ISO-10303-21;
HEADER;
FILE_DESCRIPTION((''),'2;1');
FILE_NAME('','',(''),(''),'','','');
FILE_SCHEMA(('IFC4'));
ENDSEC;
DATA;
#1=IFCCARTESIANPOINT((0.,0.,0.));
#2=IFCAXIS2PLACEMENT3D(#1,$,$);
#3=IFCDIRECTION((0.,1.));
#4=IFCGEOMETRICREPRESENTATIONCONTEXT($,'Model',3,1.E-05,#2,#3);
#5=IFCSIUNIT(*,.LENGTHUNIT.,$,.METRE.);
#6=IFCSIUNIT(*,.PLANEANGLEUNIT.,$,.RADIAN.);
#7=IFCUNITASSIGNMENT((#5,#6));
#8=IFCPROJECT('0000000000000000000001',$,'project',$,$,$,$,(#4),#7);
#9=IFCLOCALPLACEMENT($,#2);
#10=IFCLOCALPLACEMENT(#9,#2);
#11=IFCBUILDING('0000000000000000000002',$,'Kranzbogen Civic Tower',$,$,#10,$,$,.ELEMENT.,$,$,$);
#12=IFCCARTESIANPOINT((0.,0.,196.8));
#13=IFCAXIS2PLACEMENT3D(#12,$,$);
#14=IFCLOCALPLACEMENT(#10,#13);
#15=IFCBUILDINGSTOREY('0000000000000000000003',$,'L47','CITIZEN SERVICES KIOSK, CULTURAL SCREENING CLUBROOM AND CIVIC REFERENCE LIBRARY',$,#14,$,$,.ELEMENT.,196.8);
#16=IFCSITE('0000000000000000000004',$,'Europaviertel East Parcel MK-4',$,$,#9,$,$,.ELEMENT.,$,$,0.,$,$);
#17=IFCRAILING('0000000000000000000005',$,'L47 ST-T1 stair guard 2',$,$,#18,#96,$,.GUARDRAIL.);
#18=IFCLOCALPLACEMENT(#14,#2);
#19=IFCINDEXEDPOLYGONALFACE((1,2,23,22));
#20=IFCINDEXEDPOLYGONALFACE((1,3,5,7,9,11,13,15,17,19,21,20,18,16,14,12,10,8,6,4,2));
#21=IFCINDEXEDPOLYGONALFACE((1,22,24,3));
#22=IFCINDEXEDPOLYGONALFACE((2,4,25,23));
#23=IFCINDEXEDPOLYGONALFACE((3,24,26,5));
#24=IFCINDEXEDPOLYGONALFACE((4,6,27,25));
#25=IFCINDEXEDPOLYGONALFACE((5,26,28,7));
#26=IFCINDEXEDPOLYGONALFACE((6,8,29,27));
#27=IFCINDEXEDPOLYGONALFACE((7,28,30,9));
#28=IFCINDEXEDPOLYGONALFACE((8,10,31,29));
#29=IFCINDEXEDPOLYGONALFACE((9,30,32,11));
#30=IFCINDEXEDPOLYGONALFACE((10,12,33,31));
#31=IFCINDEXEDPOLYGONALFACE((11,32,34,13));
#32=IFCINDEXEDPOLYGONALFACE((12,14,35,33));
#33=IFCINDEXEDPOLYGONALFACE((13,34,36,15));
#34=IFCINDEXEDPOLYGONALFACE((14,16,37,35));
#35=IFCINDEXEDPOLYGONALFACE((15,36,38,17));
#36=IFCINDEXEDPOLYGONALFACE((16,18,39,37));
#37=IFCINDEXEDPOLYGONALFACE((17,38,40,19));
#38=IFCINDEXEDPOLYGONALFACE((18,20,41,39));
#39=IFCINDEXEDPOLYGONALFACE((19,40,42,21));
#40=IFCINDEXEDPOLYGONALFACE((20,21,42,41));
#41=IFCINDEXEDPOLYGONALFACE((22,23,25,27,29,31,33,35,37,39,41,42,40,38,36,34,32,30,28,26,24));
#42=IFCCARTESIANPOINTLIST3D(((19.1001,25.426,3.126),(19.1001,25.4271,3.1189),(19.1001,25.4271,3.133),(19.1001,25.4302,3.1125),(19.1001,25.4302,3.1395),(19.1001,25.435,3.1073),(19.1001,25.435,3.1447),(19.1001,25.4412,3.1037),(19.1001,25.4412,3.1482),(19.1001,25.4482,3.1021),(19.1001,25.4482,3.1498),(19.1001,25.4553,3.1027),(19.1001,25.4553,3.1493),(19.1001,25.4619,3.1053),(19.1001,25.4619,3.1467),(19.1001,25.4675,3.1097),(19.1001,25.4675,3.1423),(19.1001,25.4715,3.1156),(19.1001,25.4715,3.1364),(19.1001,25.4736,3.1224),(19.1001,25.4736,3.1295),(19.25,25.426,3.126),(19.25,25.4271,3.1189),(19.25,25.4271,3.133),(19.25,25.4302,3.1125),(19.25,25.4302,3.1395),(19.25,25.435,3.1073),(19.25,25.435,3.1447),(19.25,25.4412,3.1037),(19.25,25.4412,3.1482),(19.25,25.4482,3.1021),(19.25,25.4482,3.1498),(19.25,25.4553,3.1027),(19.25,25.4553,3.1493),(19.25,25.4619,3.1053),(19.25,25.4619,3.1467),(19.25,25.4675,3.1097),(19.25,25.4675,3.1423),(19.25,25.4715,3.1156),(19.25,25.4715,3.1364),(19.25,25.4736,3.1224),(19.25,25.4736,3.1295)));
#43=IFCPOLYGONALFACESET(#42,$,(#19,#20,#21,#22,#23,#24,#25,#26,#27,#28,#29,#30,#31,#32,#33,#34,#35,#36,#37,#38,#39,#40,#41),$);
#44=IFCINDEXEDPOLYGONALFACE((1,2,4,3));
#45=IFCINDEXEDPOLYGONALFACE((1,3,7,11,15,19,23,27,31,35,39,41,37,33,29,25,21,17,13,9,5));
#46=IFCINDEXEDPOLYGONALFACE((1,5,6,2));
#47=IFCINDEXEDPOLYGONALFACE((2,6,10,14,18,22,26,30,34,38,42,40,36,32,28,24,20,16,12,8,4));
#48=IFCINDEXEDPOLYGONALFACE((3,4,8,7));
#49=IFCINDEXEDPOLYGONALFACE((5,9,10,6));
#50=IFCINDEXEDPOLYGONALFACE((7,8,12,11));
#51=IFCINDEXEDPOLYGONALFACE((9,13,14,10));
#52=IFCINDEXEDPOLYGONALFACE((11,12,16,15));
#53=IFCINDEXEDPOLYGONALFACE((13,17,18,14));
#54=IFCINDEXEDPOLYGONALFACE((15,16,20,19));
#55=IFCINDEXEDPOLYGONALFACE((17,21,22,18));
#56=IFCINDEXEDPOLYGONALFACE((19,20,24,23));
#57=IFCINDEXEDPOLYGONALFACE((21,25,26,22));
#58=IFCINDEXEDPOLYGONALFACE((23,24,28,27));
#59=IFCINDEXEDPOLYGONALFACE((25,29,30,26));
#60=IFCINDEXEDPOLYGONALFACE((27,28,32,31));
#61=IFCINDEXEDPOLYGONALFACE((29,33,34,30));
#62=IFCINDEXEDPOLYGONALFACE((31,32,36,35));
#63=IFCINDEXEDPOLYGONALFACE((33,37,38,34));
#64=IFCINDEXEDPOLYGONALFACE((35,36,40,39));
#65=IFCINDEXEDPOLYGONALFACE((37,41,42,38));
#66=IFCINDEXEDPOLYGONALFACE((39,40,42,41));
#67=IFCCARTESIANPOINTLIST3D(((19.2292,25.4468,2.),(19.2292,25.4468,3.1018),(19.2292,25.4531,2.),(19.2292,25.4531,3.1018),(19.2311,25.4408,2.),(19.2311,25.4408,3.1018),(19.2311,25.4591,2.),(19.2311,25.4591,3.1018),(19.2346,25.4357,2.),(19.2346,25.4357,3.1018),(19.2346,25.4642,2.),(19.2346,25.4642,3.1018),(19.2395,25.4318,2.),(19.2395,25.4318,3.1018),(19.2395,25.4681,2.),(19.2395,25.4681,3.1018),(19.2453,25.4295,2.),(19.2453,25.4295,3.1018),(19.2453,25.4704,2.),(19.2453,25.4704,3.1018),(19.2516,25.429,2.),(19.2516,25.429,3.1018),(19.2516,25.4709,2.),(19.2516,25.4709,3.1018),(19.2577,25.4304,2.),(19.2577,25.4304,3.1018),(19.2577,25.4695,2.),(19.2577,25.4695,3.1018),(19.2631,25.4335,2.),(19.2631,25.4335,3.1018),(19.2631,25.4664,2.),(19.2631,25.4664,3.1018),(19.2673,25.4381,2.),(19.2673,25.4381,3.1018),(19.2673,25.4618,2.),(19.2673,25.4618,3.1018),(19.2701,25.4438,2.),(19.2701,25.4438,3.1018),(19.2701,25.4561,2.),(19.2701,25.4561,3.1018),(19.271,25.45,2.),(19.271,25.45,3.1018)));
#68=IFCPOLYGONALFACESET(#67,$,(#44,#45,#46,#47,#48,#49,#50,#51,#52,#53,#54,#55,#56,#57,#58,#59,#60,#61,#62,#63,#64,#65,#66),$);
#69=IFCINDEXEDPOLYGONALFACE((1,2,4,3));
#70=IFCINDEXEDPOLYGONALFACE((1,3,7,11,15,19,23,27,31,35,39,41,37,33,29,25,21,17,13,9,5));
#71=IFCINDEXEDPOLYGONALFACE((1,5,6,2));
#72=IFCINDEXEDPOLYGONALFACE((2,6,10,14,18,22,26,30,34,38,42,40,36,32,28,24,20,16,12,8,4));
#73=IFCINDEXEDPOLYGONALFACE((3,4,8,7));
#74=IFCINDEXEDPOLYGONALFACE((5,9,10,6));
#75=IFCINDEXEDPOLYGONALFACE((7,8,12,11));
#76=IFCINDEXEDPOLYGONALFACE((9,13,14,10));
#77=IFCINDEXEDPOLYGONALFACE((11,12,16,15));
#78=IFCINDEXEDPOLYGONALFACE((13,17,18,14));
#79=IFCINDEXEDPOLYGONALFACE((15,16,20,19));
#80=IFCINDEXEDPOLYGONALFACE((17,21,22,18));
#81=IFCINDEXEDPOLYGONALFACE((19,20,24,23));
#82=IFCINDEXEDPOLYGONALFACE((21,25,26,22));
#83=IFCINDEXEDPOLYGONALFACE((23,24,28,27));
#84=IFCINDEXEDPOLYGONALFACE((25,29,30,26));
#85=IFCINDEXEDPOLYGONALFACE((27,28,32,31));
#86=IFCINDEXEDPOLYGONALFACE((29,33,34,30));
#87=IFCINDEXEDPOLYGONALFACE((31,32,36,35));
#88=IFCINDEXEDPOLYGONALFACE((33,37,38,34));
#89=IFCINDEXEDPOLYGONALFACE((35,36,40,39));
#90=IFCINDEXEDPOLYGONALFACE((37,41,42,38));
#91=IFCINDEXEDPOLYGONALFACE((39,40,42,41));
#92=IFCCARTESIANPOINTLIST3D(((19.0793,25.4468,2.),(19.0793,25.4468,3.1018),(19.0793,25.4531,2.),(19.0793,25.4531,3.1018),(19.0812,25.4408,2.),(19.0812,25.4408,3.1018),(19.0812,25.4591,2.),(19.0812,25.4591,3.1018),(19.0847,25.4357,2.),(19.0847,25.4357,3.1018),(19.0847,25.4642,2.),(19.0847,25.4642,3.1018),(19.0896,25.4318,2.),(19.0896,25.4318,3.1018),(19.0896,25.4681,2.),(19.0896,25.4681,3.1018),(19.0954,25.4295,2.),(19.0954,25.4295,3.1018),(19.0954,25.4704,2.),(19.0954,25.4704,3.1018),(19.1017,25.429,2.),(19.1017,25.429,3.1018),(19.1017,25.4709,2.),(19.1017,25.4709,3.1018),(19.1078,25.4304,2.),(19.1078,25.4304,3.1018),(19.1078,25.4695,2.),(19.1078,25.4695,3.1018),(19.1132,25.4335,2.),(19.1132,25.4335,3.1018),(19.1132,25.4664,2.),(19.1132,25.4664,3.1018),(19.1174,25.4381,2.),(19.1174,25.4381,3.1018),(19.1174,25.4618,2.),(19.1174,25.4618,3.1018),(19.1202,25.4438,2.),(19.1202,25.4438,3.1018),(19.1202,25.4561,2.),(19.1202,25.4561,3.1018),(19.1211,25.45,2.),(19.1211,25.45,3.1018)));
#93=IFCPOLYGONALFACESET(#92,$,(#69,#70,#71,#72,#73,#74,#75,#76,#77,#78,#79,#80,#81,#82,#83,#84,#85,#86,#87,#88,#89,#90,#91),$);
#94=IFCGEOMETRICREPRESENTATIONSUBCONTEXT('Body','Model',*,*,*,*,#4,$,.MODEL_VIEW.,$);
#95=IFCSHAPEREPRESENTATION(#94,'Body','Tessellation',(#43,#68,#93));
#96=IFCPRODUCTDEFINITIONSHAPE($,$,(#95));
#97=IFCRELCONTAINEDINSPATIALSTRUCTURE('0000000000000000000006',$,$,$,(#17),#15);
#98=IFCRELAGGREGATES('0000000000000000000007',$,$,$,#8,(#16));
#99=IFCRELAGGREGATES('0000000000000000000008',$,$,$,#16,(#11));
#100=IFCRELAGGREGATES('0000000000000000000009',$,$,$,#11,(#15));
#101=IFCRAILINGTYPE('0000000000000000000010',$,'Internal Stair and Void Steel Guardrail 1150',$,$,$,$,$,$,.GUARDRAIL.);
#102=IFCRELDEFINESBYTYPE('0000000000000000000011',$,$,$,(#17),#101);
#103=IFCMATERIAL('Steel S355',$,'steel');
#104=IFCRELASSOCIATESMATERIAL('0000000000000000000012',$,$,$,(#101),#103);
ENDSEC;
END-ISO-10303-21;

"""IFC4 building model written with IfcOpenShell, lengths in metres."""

from ifc_helpers import new_model, si_unit, direction, frame, origin, origin_2d, place, context, subcontext, project, spatial, circle, extrude, material, type_object, element, save


model = new_model("IFC4")

# Units and contexts
model_context = context("Model", 3, precision=1e-05, world=origin(), true_north=direction((0.0, 1.0)))
body_context = subcontext(model_context, "Body", "Model", "MODEL_VIEW")
ifc_project = project(units=[si_unit("LENGTHUNIT", "METRE"), si_unit("PLANEANGLEUNIT", "RADIAN")], contexts=[model_context])

# Site, building, storey
site_placement = place(None, origin())
site = spatial("IfcSite", under=ifc_project, at=site_placement, Name="Europaviertel East Parcel MK-4", CompositionType="ELEMENT", RefElevation=0.0)
building_placement = place(site_placement, origin())
building = spatial("IfcBuilding", under=site, at=building_placement, Name="Kranzbogen Civic Tower", CompositionType="ELEMENT")
storey_placement = place(building_placement, frame((0.0, 0.0, 196.8)))
storey = spatial("IfcBuildingStorey", under=building, at=storey_placement, Name="L47", Description="CITIZEN SERVICES KIOSK, CULTURAL SCREENING CLUBROOM AND CIVIC REFERENCE LIBRARY", CompositionType="ELEMENT", Elevation=196.8)

# Shared definitions
ifc_material_1 = material(Name="Steel S355", Category="steel")

# Railing
railing_type_1 = type_object("IfcRailingType", Name="Internal Stair and Void Steel Guardrail 1150", PredefinedType="GUARDRAIL", material=ifc_material_1)
railing_1_placement = place(storey_placement, frame((19.25, 25.45, 2.0)))
element("IfcRailing", 1, at=railing_1_placement, inside=storey, type_object=railing_type_1, Name="L47 ST-T1 stair guard 2", PredefinedType="GUARDRAIL", context=body_context, shape_type="SweptSolid", body=[
    extrude(circle(Radius=0.0239, at=origin_2d()), frame((0.0, 0.0, 1.126), z_axis=(-1.0, 0.0, 0.0), x_axis=(0.0, -1.0, 0.0)), (0.0, 0.0, 1.0), 0.1499),
    extrude(circle(Radius=0.021, at=origin_2d()), origin(), (0.0, 0.0, 1.0), 1.1018),
    extrude(circle(Radius=0.021, at=origin_2d()), frame((-0.1499, 0.0, 0.0)), (0.0, 0.0, 1.0), 1.1018),
])

save(model, "model.ifc")
